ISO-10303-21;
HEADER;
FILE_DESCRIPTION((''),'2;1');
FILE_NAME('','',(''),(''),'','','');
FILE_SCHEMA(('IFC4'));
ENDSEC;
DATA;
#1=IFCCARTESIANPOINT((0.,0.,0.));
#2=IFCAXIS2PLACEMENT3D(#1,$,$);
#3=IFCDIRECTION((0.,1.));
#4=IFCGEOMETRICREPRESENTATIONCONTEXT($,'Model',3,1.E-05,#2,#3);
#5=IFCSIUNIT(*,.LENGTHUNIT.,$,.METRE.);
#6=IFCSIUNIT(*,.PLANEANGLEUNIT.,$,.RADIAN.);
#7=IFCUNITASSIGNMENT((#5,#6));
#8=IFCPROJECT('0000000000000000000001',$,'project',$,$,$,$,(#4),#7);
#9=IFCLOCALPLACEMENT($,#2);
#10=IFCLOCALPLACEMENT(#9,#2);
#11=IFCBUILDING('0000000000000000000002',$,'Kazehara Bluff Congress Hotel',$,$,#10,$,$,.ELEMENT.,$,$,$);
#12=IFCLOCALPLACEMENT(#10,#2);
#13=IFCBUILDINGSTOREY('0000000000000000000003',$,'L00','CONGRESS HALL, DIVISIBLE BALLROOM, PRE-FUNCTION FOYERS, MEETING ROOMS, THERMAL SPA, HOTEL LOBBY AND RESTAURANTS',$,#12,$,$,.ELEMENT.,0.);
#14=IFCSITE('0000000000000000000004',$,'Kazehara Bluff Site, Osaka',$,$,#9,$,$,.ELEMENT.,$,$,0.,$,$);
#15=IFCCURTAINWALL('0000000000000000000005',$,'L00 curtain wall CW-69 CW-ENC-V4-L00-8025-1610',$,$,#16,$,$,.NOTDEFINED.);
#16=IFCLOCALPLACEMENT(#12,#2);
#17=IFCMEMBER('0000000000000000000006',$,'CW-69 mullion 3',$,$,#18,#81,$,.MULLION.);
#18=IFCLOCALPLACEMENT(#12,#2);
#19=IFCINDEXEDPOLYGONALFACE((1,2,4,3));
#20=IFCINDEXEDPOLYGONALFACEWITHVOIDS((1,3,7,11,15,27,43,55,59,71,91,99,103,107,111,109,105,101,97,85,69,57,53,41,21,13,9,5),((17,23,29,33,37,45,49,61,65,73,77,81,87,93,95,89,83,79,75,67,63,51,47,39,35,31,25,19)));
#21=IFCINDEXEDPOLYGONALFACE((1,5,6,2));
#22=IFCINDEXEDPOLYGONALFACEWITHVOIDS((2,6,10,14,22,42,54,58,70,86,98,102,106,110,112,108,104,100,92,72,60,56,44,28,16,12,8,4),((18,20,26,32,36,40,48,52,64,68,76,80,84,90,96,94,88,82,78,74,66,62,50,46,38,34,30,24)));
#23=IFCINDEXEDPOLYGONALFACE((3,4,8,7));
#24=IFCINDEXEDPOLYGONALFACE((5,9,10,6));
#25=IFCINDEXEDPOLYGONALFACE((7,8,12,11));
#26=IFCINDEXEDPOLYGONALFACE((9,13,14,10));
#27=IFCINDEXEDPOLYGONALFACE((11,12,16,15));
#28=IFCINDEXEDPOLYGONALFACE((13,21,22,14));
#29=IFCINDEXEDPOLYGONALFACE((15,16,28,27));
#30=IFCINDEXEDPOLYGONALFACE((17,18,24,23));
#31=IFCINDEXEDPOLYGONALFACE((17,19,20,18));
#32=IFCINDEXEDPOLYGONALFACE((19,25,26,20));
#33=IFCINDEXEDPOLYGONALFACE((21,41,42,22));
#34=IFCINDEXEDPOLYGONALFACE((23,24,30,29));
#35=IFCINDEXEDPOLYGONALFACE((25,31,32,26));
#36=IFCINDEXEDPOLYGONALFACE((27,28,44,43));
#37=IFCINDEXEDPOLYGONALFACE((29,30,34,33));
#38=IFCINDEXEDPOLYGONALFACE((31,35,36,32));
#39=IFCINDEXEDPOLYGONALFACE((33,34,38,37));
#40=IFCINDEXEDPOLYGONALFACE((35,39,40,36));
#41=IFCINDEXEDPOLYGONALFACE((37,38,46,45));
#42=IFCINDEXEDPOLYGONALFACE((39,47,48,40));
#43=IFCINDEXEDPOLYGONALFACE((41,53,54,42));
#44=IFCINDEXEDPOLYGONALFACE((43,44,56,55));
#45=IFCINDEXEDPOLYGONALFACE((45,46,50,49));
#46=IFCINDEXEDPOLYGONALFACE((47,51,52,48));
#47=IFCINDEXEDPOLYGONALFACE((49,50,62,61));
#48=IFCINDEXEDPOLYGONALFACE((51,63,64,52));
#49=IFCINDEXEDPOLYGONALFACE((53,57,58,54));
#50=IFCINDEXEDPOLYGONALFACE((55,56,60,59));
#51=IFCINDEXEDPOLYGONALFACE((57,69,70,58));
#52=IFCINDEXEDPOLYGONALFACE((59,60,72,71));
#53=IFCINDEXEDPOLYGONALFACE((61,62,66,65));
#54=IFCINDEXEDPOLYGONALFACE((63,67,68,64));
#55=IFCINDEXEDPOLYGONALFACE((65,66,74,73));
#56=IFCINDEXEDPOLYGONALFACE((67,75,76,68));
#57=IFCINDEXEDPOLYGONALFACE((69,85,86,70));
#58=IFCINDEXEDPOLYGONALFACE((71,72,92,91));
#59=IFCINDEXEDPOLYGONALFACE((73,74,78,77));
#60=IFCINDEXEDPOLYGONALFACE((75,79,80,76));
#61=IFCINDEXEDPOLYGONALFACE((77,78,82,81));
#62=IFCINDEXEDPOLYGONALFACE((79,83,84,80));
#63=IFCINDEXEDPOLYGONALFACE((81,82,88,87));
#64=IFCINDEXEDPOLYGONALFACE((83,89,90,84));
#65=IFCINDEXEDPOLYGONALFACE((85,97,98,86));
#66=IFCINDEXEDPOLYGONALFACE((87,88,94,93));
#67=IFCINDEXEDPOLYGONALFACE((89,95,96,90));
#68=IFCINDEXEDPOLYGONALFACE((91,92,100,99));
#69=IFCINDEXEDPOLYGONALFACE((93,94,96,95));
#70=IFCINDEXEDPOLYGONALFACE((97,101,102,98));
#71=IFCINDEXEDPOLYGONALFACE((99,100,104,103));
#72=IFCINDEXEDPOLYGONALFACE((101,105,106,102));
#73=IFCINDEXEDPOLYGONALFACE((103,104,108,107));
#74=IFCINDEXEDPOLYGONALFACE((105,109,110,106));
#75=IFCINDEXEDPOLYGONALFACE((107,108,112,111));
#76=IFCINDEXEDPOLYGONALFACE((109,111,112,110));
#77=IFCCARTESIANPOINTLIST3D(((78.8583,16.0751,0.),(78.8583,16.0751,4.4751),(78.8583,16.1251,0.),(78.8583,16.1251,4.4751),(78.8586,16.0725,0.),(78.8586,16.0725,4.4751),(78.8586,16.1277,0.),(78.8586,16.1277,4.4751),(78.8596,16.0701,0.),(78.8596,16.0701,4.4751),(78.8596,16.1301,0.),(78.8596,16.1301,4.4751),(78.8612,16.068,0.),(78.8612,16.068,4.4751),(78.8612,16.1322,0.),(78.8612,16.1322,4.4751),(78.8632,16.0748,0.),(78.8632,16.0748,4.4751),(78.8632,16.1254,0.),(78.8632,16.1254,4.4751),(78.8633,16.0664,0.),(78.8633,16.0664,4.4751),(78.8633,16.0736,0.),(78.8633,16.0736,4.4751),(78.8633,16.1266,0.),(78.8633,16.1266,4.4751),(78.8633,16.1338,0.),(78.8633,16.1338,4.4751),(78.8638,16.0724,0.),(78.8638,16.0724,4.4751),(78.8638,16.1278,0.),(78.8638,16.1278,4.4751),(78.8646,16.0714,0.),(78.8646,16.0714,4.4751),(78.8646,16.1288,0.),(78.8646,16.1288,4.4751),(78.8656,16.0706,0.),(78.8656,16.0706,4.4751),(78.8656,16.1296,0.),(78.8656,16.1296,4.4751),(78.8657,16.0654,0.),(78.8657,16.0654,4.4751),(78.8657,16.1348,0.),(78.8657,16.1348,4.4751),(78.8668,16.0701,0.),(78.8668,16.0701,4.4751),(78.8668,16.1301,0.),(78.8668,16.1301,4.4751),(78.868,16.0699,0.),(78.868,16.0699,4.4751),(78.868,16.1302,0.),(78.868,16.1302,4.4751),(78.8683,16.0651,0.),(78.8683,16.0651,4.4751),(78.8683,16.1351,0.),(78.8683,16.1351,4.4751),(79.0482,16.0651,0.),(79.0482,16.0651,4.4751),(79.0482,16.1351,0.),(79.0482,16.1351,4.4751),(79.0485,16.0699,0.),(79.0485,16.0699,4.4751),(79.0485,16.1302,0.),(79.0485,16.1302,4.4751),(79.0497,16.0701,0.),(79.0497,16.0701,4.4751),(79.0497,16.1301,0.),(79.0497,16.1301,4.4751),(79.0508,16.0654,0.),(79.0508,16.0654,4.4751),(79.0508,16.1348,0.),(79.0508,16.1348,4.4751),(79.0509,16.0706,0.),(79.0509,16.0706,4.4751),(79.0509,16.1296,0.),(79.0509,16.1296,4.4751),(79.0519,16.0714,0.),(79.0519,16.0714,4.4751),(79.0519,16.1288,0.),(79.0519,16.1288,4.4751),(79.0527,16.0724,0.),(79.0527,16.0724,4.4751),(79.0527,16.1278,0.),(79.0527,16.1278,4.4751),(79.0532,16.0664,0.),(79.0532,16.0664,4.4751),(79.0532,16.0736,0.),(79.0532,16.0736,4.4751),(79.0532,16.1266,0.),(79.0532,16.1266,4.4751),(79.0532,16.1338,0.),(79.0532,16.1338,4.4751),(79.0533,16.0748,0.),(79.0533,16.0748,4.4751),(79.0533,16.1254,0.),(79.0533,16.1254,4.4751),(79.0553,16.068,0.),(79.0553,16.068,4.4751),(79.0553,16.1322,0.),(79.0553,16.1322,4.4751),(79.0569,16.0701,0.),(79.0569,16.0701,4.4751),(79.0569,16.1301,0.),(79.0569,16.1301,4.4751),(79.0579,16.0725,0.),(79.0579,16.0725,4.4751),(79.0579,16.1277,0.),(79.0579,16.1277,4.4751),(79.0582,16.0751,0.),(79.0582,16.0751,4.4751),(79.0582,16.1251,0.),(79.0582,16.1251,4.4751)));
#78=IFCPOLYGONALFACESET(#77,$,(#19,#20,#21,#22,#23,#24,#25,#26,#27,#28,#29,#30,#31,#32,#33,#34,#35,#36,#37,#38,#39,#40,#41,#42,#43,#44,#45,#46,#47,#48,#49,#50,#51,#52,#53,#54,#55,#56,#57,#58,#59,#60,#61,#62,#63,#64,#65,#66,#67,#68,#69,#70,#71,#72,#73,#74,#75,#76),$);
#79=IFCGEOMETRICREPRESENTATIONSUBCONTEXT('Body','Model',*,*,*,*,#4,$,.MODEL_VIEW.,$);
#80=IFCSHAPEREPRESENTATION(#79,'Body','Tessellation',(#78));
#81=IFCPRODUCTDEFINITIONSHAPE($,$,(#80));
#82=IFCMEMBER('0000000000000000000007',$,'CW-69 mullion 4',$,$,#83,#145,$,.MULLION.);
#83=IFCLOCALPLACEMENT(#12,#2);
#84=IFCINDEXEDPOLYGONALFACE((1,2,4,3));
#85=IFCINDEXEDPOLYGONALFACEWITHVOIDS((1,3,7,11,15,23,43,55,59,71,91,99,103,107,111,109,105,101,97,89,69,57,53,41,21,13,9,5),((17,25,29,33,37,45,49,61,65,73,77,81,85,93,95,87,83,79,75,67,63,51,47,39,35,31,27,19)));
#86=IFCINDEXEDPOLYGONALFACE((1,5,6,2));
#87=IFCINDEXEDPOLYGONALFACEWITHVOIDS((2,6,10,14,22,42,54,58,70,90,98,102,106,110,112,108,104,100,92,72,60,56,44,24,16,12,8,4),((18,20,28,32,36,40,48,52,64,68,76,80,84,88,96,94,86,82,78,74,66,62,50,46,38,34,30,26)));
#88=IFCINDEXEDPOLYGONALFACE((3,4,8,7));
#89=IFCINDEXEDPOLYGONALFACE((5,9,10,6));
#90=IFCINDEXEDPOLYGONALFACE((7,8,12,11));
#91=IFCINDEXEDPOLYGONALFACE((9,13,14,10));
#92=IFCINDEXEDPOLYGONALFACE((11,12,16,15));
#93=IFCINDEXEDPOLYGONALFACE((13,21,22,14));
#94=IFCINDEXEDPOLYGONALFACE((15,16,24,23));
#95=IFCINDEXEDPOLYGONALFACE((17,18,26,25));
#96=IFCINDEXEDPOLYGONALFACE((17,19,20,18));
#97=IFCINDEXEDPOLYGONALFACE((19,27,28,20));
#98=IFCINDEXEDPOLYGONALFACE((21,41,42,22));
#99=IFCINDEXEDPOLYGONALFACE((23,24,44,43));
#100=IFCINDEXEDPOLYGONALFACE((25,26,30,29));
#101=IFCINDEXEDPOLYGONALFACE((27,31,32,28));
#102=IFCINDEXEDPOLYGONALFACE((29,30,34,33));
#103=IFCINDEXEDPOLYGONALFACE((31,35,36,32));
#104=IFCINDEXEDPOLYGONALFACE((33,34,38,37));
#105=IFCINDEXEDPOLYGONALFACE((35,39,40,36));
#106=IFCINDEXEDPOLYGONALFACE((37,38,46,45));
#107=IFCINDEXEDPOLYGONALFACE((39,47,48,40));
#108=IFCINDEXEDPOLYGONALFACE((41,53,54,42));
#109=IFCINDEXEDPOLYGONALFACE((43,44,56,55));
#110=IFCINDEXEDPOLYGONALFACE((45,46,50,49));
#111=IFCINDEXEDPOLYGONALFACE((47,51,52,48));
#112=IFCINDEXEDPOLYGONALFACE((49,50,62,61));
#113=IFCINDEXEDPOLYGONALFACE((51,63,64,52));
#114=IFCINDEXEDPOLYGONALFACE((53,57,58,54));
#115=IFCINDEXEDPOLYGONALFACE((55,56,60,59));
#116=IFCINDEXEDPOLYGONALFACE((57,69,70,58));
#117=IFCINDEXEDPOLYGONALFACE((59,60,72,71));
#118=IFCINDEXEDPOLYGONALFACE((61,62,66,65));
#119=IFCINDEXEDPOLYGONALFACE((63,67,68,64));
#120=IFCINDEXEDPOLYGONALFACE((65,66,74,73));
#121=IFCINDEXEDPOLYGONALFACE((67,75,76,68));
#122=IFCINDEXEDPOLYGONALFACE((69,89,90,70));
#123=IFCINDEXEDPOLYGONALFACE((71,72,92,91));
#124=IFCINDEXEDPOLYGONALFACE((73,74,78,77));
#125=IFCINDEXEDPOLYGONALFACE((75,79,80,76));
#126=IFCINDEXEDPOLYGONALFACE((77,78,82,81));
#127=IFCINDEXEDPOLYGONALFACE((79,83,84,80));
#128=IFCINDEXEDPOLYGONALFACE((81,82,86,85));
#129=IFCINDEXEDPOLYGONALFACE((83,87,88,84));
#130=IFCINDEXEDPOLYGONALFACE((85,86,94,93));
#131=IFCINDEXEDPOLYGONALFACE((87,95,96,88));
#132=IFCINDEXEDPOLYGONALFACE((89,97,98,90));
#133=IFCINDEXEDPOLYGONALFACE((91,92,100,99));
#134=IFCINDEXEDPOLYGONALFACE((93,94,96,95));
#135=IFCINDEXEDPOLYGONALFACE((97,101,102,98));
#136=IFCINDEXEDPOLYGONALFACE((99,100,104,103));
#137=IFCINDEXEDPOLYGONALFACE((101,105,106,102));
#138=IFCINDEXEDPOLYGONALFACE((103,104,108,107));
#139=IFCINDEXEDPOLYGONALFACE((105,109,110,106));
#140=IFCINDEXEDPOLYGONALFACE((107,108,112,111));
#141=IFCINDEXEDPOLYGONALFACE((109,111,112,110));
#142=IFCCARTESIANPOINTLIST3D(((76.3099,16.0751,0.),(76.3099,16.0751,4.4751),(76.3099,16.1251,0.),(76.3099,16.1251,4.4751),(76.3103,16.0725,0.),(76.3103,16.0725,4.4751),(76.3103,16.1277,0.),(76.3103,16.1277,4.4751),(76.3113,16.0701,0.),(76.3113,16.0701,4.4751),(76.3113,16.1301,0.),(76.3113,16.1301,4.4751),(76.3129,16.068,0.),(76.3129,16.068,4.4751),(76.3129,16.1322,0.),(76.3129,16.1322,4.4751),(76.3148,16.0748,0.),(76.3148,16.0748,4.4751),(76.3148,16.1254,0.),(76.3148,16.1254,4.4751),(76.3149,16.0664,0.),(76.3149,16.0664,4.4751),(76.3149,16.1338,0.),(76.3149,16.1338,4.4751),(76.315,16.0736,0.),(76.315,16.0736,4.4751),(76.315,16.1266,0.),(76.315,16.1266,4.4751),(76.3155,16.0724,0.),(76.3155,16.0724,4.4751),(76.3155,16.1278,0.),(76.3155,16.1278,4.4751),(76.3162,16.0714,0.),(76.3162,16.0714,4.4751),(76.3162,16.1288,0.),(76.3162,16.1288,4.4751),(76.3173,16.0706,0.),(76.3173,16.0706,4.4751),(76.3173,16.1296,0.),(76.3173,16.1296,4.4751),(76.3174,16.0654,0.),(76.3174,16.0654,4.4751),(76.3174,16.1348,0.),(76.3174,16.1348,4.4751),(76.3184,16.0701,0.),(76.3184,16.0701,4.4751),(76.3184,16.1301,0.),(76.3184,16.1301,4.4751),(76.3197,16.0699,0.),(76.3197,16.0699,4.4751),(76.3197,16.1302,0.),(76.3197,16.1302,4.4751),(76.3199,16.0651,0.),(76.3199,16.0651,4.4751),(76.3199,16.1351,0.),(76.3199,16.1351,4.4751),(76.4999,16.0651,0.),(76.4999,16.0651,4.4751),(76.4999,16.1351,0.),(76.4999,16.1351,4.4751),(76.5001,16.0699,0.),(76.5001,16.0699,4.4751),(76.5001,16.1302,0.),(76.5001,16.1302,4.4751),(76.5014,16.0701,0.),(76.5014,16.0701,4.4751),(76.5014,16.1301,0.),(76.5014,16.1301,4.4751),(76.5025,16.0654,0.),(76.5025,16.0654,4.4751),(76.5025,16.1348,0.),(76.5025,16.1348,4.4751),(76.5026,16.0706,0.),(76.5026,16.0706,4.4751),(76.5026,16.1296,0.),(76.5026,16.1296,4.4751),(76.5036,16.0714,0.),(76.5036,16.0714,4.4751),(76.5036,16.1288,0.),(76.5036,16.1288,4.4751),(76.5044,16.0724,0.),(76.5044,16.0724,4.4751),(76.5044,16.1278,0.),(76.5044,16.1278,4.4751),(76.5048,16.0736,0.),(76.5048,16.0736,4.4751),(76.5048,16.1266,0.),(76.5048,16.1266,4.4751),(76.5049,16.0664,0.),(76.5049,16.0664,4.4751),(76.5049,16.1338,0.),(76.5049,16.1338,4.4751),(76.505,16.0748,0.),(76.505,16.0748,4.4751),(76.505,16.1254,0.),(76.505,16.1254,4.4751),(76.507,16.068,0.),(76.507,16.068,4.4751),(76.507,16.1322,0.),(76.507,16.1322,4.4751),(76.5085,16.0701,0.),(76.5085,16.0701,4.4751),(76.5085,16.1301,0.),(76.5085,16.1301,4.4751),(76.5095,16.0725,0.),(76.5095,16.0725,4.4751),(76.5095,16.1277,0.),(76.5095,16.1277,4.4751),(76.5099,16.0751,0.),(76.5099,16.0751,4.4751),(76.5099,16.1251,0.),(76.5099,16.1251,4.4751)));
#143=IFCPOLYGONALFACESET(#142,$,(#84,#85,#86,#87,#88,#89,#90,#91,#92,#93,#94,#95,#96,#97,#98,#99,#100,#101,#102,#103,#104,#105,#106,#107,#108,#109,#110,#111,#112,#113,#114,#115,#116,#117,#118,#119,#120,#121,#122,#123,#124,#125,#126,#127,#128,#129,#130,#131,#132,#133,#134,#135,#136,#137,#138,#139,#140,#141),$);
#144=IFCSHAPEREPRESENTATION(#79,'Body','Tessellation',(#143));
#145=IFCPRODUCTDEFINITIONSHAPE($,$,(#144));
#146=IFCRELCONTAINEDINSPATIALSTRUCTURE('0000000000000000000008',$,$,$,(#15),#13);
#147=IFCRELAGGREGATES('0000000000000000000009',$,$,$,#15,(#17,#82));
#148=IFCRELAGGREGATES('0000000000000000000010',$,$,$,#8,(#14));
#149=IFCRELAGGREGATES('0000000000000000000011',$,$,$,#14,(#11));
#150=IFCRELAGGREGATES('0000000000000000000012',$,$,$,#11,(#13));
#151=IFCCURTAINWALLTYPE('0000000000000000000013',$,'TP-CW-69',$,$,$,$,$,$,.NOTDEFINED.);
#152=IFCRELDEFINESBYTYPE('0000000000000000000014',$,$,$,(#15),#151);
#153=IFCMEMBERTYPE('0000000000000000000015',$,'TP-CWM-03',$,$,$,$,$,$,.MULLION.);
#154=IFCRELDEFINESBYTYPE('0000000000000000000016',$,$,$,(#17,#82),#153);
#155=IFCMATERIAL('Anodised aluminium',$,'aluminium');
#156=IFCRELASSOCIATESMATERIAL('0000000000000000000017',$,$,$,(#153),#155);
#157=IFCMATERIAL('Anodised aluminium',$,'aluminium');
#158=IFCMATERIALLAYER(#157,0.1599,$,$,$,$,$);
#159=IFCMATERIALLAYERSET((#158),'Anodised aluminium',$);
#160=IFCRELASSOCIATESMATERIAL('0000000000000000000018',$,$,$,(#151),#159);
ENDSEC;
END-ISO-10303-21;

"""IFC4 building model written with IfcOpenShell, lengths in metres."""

from ifc_helpers import new_model, si_unit, direction, frame, origin, origin_2d, place, context, subcontext, project, spatial, hollow_rectangle, extrude, material, layer, layer_set, material_profile, profile_set, type_object, element, aggregate, save


model = new_model("IFC4")

# Units and contexts
model_context = context("Model", 3, precision=1e-05, world=origin(), true_north=direction((0.0, 1.0)))
body_context = subcontext(model_context, "Body", "Model", "MODEL_VIEW")
ifc_project = project(units=[si_unit("LENGTHUNIT", "METRE"), si_unit("PLANEANGLEUNIT", "RADIAN")], contexts=[model_context])

# Site, building, storey
site_placement = place(None, origin())
site = spatial("IfcSite", under=ifc_project, at=site_placement, Name="Kazehara Bluff Site, Osaka", CompositionType="ELEMENT", RefElevation=0.0)
building_placement = place(site_placement, origin())
building = spatial("IfcBuilding", under=site, at=building_placement, Name="Kazehara Bluff Congress Hotel", CompositionType="ELEMENT")
storey_placement = place(building_placement, origin())
storey = spatial("IfcBuildingStorey", under=building, at=storey_placement, Name="L00", Description="CONGRESS HALL, DIVISIBLE BALLROOM, PRE-FUNCTION FOYERS, MEETING ROOMS, THERMAL SPA, HOTEL LOBBY AND RESTAURANTS", CompositionType="ELEMENT", Elevation=0.0)

# Shared definitions
ifc_material_1 = material(Name="Anodised aluminium", Category="aluminium")
ifc_material_profile_1 = material_profile(ifc_material_1, hollow_rectangle(XDim=0.0701, YDim=0.2, WallThickness=0.0049, InnerFilletRadius=0.0049, OuterFilletRadius=0.01, at=origin_2d()))
ifc_profile_set_1 = profile_set([ifc_material_profile_1], Name="Anodised aluminium")
member_type_1 = type_object("IfcMemberType", Name="TP-CWM-03", PredefinedType="MULLION", material=ifc_profile_set_1)

# Curtain wall, members
ifc_material_2 = material(Name="Anodised aluminium", Category="aluminium")
ifc_layer_1 = layer(ifc_material_2, 0.1599)
ifc_layer_set_1 = layer_set([ifc_layer_1], Name="Anodised aluminium")
curtain_wall_type_1 = type_object("IfcCurtainWallType", Name="TP-CW-69", PredefinedType="NOTDEFINED", material=ifc_layer_set_1)
curtain_wall_1_placement = place(storey_placement, origin())
curtain_wall_1 = element("IfcCurtainWall", 1, at=curtain_wall_1_placement, inside=storey, type_object=curtain_wall_type_1, Name="L00 curtain wall CW-69 CW-ENC-V4-L00-8025-1610", PredefinedType="NOTDEFINED")
member_1_placement = place(storey_placement, frame((78.9583, 16.1001, 0.0), z_axis=(0.0, 0.0, 1.0), x_axis=(0.0, -1.0, 0.0)))
member_1 = element("IfcMember", 2, at=member_1_placement, type_object=member_type_1, Name="CW-69 mullion 3", PredefinedType="MULLION", context=body_context, shape_type="SweptSolid", body=[
    extrude(hollow_rectangle(XDim=0.0701, YDim=0.2, WallThickness=0.0049, InnerFilletRadius=0.0049, OuterFilletRadius=0.01, at=origin_2d()), origin(), (0.0, 0.0, 1.0), 4.4751),
])
member_2_placement = place(storey_placement, frame((76.4099, 16.1001, 0.0), z_axis=(0.0, 0.0, 1.0), x_axis=(0.0, -1.0, 0.0)))
member_2 = element("IfcMember", 3, at=member_2_placement, type_object=member_type_1, Name="CW-69 mullion 4", PredefinedType="MULLION", context=body_context, shape_type="SweptSolid", body=[
    extrude(hollow_rectangle(XDim=0.0701, YDim=0.2, WallThickness=0.0049, InnerFilletRadius=0.0049, OuterFilletRadius=0.01, at=origin_2d()), origin(), (0.0, 0.0, 1.0), 4.4751),
])

aggregate(curtain_wall_1, [member_1, member_2])

save(model, "model.ifc")
